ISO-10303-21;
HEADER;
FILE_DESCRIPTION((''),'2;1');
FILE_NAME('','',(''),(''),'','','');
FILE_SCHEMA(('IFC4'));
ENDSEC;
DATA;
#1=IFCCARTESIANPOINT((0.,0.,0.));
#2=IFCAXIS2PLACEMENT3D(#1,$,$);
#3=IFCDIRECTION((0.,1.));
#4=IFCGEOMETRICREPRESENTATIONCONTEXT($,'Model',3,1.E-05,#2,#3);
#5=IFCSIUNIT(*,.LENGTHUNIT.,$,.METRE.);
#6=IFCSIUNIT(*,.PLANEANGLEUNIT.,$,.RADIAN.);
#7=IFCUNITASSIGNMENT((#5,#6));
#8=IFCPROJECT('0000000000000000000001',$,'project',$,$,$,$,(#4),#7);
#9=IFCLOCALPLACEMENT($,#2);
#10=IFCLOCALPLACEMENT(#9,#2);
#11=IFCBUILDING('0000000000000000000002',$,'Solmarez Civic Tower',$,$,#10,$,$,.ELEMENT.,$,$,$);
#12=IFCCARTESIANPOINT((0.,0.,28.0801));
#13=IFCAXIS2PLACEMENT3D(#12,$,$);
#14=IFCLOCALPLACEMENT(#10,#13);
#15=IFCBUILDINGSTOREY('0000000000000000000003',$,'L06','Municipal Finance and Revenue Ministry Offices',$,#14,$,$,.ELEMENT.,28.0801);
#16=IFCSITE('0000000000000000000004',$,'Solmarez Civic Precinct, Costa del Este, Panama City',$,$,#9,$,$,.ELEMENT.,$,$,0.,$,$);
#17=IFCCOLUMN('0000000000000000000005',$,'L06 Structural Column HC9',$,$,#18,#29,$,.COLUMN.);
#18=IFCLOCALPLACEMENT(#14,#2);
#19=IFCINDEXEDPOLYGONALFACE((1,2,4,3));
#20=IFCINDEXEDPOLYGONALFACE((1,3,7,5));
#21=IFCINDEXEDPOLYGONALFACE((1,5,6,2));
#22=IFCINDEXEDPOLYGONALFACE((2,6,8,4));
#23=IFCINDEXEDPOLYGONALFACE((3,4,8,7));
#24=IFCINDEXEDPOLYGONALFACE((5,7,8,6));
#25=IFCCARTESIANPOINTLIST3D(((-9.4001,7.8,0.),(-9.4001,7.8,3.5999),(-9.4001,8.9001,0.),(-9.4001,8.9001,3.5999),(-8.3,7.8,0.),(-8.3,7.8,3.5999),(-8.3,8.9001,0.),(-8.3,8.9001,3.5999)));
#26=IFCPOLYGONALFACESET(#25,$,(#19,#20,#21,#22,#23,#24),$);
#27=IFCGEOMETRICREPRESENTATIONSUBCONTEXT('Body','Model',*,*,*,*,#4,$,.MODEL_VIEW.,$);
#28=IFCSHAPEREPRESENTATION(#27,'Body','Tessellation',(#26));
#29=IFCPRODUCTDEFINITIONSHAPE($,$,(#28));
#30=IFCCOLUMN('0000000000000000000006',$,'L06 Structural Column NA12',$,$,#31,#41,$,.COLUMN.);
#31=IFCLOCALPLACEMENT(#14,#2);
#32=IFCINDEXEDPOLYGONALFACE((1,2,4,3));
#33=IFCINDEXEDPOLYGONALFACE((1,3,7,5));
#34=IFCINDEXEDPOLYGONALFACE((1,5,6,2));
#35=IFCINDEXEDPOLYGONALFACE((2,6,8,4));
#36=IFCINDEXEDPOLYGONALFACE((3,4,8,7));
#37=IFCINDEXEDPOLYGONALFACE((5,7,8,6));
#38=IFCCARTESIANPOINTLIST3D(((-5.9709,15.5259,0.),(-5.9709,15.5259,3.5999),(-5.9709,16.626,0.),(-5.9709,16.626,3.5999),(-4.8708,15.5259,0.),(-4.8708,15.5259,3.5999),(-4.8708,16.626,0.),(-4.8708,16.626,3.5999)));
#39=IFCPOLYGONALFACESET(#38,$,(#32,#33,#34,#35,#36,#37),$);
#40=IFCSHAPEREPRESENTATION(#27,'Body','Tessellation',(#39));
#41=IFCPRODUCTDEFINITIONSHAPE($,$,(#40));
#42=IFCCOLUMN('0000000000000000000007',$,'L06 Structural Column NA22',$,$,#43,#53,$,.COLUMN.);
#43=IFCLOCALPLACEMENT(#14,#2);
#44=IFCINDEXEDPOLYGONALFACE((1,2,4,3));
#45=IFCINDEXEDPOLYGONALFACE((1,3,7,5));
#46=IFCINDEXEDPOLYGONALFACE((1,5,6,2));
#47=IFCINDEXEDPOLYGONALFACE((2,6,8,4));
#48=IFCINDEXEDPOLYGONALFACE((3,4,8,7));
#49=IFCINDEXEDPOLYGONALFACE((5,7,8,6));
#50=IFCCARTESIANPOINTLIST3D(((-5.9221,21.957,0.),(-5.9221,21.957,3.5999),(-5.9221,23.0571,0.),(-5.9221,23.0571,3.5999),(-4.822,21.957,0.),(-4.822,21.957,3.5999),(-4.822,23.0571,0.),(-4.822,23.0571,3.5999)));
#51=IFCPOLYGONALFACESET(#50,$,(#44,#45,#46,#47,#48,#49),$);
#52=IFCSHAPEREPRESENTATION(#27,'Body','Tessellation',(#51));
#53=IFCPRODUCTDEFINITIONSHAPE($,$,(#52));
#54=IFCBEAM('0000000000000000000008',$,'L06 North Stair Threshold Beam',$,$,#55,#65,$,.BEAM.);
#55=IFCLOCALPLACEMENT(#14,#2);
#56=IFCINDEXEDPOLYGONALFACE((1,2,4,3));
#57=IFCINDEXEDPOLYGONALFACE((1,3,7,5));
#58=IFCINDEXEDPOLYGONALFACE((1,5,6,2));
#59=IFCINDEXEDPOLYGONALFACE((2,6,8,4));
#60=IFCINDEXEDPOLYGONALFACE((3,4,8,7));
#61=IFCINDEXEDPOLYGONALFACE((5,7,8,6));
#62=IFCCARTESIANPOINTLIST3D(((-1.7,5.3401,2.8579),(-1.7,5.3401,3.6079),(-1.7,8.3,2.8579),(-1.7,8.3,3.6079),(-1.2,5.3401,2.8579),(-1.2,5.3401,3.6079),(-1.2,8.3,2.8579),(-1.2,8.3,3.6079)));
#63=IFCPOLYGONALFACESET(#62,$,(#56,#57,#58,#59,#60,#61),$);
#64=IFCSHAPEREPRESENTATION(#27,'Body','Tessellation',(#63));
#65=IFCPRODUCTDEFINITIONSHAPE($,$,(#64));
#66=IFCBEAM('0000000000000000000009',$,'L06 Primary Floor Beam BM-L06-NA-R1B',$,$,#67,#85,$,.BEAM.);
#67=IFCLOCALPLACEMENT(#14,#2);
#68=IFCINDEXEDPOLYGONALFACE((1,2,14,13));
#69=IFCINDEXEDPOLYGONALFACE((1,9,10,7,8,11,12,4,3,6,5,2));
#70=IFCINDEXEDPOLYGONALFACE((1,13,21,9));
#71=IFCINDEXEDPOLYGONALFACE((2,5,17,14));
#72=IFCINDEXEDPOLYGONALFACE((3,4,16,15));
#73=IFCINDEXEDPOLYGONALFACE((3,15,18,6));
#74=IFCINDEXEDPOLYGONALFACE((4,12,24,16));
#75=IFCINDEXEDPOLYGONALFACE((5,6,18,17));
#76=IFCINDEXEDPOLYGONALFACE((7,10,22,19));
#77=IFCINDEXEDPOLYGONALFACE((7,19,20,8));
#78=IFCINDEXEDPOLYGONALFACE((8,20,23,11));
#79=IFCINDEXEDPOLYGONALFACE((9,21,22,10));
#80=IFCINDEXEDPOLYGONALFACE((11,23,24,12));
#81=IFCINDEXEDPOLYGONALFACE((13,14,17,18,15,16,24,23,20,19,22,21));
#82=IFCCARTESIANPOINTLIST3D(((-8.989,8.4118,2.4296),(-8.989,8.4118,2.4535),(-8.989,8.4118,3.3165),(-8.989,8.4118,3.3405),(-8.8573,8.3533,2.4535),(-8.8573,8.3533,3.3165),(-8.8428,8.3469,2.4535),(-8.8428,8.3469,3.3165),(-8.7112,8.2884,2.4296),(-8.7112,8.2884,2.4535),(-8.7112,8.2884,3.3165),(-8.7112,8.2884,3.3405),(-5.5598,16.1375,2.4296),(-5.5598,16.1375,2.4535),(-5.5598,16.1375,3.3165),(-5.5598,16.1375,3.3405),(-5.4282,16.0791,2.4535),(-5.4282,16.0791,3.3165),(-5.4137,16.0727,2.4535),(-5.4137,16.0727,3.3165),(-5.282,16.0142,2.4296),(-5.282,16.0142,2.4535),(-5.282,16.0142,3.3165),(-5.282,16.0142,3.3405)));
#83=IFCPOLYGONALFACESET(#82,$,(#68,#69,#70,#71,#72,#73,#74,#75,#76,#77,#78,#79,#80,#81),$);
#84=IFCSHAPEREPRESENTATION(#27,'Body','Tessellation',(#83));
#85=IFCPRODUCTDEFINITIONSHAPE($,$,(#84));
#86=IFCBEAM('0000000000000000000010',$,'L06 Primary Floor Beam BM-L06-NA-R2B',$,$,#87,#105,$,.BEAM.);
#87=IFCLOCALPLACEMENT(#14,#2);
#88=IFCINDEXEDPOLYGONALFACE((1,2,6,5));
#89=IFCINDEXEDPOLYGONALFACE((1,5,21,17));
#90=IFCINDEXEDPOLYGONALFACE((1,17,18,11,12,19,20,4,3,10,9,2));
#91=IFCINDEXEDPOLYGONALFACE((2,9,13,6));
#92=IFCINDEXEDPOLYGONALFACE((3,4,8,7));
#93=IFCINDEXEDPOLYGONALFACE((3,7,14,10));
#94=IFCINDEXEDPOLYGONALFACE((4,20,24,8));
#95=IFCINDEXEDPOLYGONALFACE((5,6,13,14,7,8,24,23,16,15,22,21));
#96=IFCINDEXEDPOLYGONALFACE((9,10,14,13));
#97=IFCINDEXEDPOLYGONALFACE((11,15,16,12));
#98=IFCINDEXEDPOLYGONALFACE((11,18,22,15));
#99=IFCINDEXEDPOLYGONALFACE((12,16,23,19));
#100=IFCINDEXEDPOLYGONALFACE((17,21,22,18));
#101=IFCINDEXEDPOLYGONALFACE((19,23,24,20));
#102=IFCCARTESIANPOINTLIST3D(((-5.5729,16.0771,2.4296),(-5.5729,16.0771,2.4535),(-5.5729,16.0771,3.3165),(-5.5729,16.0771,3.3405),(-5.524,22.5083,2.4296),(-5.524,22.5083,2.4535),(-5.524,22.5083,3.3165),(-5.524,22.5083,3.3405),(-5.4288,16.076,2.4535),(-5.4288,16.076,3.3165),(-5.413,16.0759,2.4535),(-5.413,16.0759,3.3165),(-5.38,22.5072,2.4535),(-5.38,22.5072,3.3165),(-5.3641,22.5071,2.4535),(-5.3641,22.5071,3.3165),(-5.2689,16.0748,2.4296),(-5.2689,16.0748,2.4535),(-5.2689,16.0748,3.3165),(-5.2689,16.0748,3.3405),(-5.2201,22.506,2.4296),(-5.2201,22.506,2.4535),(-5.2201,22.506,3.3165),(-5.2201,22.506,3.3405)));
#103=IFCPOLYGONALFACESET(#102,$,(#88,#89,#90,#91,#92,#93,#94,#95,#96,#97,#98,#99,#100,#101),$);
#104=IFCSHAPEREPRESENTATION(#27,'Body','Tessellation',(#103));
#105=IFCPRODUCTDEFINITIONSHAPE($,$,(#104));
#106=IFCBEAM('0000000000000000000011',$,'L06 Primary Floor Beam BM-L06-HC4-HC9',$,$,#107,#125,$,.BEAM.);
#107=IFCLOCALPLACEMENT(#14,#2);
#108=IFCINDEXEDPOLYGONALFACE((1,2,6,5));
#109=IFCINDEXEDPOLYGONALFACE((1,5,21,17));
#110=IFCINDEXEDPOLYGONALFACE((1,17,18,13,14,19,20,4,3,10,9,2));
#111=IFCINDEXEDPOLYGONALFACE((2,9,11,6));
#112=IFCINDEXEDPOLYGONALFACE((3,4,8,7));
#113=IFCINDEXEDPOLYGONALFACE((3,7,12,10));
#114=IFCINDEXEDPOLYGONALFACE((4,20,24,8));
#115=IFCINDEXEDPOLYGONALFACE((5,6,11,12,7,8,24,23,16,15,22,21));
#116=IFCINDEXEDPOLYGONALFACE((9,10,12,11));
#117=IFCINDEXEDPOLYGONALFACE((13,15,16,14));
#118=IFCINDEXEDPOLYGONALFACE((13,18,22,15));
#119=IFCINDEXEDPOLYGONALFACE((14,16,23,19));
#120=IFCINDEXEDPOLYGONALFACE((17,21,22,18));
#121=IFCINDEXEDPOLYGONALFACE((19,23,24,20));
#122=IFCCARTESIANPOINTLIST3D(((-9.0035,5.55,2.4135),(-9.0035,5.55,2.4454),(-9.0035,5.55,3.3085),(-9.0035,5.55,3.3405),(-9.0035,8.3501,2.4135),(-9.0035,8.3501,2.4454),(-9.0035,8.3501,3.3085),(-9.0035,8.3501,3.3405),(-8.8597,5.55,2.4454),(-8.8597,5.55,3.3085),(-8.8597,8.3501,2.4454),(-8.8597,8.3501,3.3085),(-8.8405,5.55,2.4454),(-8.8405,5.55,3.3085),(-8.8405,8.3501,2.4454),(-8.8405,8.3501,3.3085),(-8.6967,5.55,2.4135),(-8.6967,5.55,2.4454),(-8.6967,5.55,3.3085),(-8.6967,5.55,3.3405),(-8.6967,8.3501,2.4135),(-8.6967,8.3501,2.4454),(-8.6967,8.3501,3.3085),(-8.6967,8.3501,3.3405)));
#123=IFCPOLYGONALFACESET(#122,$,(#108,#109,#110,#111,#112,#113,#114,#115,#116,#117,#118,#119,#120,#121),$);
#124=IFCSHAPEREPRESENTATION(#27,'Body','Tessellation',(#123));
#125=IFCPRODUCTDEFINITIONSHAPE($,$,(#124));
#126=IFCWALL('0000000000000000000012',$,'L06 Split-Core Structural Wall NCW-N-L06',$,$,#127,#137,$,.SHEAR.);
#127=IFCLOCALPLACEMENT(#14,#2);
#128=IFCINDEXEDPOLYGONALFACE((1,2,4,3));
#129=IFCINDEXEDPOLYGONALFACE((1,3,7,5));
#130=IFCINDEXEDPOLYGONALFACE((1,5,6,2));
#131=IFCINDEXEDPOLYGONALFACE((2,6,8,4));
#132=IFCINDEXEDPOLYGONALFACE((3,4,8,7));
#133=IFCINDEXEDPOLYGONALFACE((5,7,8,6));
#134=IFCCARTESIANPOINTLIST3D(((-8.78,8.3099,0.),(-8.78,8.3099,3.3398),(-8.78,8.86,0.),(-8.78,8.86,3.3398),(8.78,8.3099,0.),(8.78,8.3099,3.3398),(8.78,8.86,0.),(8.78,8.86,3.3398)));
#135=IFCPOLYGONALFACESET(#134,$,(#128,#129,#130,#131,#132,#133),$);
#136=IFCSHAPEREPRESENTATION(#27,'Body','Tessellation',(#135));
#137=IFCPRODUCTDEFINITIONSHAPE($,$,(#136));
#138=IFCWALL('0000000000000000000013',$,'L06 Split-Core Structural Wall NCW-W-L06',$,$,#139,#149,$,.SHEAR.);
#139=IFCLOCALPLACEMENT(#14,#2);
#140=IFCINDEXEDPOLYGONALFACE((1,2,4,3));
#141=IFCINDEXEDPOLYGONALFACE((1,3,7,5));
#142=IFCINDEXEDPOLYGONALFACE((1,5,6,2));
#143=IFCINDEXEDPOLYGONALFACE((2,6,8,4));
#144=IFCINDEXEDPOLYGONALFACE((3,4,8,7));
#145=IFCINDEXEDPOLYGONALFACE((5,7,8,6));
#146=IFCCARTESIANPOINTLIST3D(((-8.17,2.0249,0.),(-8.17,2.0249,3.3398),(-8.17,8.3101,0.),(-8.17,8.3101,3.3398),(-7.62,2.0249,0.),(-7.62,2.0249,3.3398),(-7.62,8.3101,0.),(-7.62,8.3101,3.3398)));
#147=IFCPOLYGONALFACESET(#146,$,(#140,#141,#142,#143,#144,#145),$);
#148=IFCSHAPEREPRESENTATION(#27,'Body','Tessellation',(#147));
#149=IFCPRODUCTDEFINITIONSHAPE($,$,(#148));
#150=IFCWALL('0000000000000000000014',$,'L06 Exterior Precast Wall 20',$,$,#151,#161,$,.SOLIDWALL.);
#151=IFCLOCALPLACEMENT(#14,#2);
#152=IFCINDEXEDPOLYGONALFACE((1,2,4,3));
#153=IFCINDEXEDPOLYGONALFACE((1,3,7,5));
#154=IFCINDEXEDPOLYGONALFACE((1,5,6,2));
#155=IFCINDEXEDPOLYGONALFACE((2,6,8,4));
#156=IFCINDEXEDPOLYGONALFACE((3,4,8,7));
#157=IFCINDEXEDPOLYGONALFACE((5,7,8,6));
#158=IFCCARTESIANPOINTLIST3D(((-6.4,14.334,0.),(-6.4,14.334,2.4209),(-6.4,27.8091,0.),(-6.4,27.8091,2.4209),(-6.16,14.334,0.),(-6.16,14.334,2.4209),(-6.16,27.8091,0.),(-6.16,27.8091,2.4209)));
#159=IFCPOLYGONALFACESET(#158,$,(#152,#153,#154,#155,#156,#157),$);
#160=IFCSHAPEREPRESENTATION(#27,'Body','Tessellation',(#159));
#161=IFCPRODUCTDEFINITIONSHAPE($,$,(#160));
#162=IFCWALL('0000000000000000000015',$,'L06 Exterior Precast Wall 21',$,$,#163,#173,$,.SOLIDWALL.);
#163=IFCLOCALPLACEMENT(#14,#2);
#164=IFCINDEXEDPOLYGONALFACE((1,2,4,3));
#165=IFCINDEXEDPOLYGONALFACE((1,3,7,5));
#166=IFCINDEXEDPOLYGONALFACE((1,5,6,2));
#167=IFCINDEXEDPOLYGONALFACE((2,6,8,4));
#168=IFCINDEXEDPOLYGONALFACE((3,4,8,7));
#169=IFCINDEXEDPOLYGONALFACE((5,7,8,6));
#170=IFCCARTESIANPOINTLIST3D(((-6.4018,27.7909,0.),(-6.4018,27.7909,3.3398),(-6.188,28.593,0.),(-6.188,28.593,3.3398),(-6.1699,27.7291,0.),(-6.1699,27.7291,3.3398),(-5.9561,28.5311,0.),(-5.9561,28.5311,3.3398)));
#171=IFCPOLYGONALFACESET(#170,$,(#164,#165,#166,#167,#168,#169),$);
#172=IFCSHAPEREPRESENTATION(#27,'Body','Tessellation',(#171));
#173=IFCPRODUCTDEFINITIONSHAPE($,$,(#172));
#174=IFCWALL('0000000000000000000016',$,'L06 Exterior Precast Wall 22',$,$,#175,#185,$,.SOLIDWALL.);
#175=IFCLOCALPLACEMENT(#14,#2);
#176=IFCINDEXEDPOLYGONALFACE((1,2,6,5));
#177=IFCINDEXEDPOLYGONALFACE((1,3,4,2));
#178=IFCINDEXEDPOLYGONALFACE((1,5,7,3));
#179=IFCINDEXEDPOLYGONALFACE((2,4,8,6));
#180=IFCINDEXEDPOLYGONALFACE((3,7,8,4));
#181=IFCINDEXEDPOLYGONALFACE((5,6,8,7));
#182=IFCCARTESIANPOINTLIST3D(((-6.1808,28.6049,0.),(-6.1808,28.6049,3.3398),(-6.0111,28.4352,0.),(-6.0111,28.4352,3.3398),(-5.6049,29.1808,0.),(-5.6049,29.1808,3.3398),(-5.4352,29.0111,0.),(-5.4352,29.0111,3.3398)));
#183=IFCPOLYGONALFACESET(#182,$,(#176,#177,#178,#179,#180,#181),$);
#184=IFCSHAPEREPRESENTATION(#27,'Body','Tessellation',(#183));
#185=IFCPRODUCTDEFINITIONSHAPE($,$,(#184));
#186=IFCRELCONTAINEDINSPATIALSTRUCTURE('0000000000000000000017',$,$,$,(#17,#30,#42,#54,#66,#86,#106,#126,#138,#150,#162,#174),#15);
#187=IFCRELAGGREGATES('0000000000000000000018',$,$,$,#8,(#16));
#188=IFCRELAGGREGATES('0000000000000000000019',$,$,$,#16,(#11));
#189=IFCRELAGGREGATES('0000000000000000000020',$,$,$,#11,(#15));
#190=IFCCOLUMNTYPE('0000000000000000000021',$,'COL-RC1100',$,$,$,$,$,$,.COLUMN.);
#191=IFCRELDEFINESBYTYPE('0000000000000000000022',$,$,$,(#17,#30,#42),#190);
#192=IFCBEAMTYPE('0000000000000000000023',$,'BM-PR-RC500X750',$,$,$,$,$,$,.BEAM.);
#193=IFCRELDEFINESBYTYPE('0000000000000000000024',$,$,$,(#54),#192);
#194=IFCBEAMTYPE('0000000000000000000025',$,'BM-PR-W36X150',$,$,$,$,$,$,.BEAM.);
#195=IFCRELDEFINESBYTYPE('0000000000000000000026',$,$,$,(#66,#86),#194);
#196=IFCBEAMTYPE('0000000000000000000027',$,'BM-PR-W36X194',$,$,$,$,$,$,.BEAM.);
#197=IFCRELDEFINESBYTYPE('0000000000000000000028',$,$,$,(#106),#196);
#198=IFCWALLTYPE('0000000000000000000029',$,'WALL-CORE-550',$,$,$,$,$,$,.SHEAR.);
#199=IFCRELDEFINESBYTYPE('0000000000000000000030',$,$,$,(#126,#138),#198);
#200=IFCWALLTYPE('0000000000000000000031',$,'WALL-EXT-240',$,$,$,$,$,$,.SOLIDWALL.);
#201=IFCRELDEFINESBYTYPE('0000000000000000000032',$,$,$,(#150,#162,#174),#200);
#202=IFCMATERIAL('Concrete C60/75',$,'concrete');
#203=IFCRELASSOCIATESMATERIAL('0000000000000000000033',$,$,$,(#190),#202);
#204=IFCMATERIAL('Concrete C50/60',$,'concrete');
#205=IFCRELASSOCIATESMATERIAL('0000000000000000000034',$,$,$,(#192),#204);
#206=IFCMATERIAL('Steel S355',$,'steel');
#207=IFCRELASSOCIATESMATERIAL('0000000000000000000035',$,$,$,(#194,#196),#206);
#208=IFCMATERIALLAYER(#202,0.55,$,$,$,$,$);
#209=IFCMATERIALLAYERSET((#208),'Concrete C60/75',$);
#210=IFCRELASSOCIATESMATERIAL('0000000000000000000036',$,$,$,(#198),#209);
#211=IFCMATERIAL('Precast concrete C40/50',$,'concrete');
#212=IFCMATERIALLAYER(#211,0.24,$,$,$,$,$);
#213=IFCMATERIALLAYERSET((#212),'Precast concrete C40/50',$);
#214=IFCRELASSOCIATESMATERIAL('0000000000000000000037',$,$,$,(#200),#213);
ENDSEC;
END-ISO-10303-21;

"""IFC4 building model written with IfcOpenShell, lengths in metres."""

from ifc_helpers import new_model, si_unit, direction, frame, frame_2d, origin, origin_2d, place, context, subcontext, project, spatial, rectangle, i_section, extrude, material, layer, layer_set, material_profile, profile_set, type_object, element, save


model = new_model("IFC4")

# Units and contexts
model_context = context("Model", 3, precision=1e-05, world=origin(), true_north=direction((0.0, 1.0)))
body_context = subcontext(model_context, "Body", "Model", "MODEL_VIEW")
ifc_project = project(units=[si_unit("LENGTHUNIT", "METRE"), si_unit("PLANEANGLEUNIT", "RADIAN")], contexts=[model_context])

# Site, building, storey
site_placement = place(None, origin())
site = spatial("IfcSite", under=ifc_project, at=site_placement, Name="Solmarez Civic Precinct, Costa del Este, Panama City", CompositionType="ELEMENT", RefElevation=0.0)
building_placement = place(site_placement, origin())
building = spatial("IfcBuilding", under=site, at=building_placement, Name="Solmarez Civic Tower", CompositionType="ELEMENT")
storey_placement = place(building_placement, frame((0.0, 0.0, 28.0801)))
storey = spatial("IfcBuildingStorey", under=building, at=storey_placement, Name="L06", Description="Municipal Finance and Revenue Ministry Offices", CompositionType="ELEMENT", Elevation=28.0801)

# Columns
ifc_material_1 = material(Name="Concrete C60/75", Category="concrete")
ifc_material_profile_1 = material_profile(ifc_material_1, rectangle(XDim=1.1001, YDim=1.1001, at=origin_2d()), Name="RC1100X1100")
ifc_profile_set_1 = profile_set([ifc_material_profile_1], Name="Concrete C60/75")
column_type = type_object("IfcColumnType", Name="COL-RC1100", PredefinedType="COLUMN", material=ifc_profile_set_1)
for number, where, z_axis, x_axis, name in (
    (1, (-8.8501, 8.3501, 0.0), (0.0, 0.0, 1.0), (1.0, 0.0, 0.0), "L06 Structural Column HC9"),
    (2, (-5.4209, 16.0759, 0.0), (0.0, 0.0, 1.0), (1.0, 0.0, 0.0), "L06 Structural Column NA12"),
    (3, (-5.3721, 22.5071, 0.0), (0.0, 0.0, 1.0), (1.0, 0.0, 0.0), "L06 Structural Column NA22"),
):
    element("IfcColumn", number, at=place(storey_placement, frame(where, z_axis=z_axis, x_axis=x_axis)), inside=storey, type_object=column_type, Name=name, PredefinedType="COLUMN", context=body_context, shape_type="SweptSolid", body=[
        extrude(rectangle(XDim=1.1001, YDim=1.1001, at=origin_2d()), origin(), (0.0, 0.0, 1.0), 3.5999),
    ])

# Beams
ifc_material_2 = material(Name="Concrete C50/60", Category="concrete")
ifc_material_profile_2 = material_profile(ifc_material_2, rectangle(XDim=0.5, YDim=0.75, at=origin_2d()), Name="RC500X750")
ifc_profile_set_2 = profile_set([ifc_material_profile_2], Name="Concrete C50/60")
beam_type_1 = type_object("IfcBeamType", Name="BM-PR-RC500X750", PredefinedType="BEAM", material=ifc_profile_set_2)
beam_1_placement = place(storey_placement, frame((-1.45, 5.3401, 3.2329), z_axis=(0.0, 1.0, 0.0), x_axis=(-1.0, 0.0, 0.0)))
element("IfcBeam", 4, at=beam_1_placement, inside=storey, type_object=beam_type_1, Name="L06 North Stair Threshold Beam", PredefinedType="BEAM", context=body_context, shape_type="SweptSolid", body=[
    extrude(rectangle(XDim=0.5, YDim=0.75, at=origin_2d()), origin(), (0.0, 0.0, 1.0), 2.96),
])
ifc_material_3 = material(Name="Steel S355", Category="steel")
ifc_material_profile_3 = material_profile(ifc_material_3, i_section(OverallWidth=0.304, OverallDepth=0.9109, WebThickness=0.0159, FlangeThickness=0.0239, at=origin_2d()), Name="W36X150")
ifc_profile_set_3 = profile_set([ifc_material_profile_3], Name="Steel S355")
beam_type_2 = type_object("IfcBeamType", Name="BM-PR-W36X150", PredefinedType="BEAM", material=ifc_profile_set_3)
beam_2_placement = place(storey_placement, frame((-8.8501, 8.3501, 2.885), z_axis=(0.405694, 0.914009, 0.0), x_axis=(-0.914009, 0.405694, 0.0)))
element("IfcBeam", 5, at=beam_2_placement, inside=storey, type_object=beam_type_2, Name="L06 Primary Floor Beam BM-L06-NA-R1B", PredefinedType="BEAM", context=body_context, shape_type="SweptSolid", body=[
    extrude(i_section(OverallWidth=0.304, OverallDepth=0.9109, WebThickness=0.0159, FlangeThickness=0.0239, at=origin_2d()), origin(), (0.0, 0.0, 1.0), 8.4526),
])
beam_3_placement = place(storey_placement, frame((-5.4209, 16.0759, 2.885), z_axis=(0.007592, 0.999971, 0.0), x_axis=(-0.999971, 0.007592, 0.0)))
element("IfcBeam", 6, at=beam_3_placement, inside=storey, type_object=beam_type_2, Name="L06 Primary Floor Beam BM-L06-NA-R2B", PredefinedType="BEAM", context=body_context, shape_type="SweptSolid", body=[
    extrude(i_section(OverallWidth=0.304, OverallDepth=0.9109, WebThickness=0.0159, FlangeThickness=0.0239, at=origin_2d()), origin(), (0.0, 0.0, 1.0), 6.4314),
])
ifc_material_profile_4 = material_profile(ifc_material_3, i_section(OverallWidth=0.3069, OverallDepth=0.927, WebThickness=0.0193, FlangeThickness=0.032, at=origin_2d()), Name="W36X194")
ifc_profile_set_4 = profile_set([ifc_material_profile_4], Name="Steel S355")
beam_type_3 = type_object("IfcBeamType", Name="BM-PR-W36X194", PredefinedType="BEAM", material=ifc_profile_set_4)
beam_4_placement = place(storey_placement, frame((-8.8501, 5.55, 2.877), z_axis=(0.0, 1.0, 0.0), x_axis=(-1.0, 0.0, 0.0)))
element("IfcBeam", 7, at=beam_4_placement, inside=storey, type_object=beam_type_3, Name="L06 Primary Floor Beam BM-L06-HC4-HC9", PredefinedType="BEAM", context=body_context, shape_type="SweptSolid", body=[
    extrude(i_section(OverallWidth=0.3069, OverallDepth=0.927, WebThickness=0.0193, FlangeThickness=0.032, at=origin_2d()), origin(), (0.0, 0.0, 1.0), 2.8),
])

# Walls
ifc_layer_1 = layer(ifc_material_1, 0.55)
ifc_layer_set_1 = layer_set([ifc_layer_1], Name="Concrete C60/75")
wall_type_1 = type_object("IfcWallType", Name="WALL-CORE-550", PredefinedType="SHEAR", material=ifc_layer_set_1)
wall_1_placement = place(storey_placement, frame((-8.78, 8.585, 0.0), z_axis=(0.0, 0.0, 1.0), x_axis=(1.0, 0.0, 0.0)))
element("IfcWall", 8, at=wall_1_placement, inside=storey, type_object=wall_type_1, Name="L06 Split-Core Structural Wall NCW-N-L06", PredefinedType="SHEAR", context=body_context, shape_type="SweptSolid", body=[
    extrude(rectangle(XDim=17.5601, YDim=0.55, at=frame_2d((8.78, 0.0))), origin(), (0.0, 0.0, 1.0), 3.3398),
])
wall_2_placement = place(storey_placement, frame((-7.895, 2.0249, 0.0), z_axis=(0.0, 0.0, 1.0), x_axis=(0.0, 1.0, 0.0)))
element("IfcWall", 9, at=wall_2_placement, inside=storey, type_object=wall_type_1, Name="L06 Split-Core Structural Wall NCW-W-L06", PredefinedType="SHEAR", context=body_context, shape_type="SweptSolid", body=[
    extrude(rectangle(XDim=6.2852, YDim=0.55, at=frame_2d((3.1426, 0.0))), origin(), (0.0, 0.0, 1.0), 3.3398),
])
ifc_material_4 = material(Name="Precast concrete C40/50", Category="concrete")
ifc_layer_2 = layer(ifc_material_4, 0.24)
ifc_layer_set_2 = layer_set([ifc_layer_2], Name="Precast concrete C40/50")
wall_type_2 = type_object("IfcWallType", Name="WALL-EXT-240", PredefinedType="SOLIDWALL", material=ifc_layer_set_2)
wall_3_placement = place(storey_placement, frame((-6.28, 14.334, 0.0), z_axis=(0.0, 0.0, 1.0), x_axis=(0.0, 1.0, 0.0)))
element("IfcWall", 10, at=wall_3_placement, inside=storey, type_object=wall_type_2, Name="L06 Exterior Precast Wall 20", PredefinedType="SOLIDWALL", context=body_context, shape_type="SweptSolid", body=[
    extrude(rectangle(XDim=13.4751, YDim=0.24, at=frame_2d((6.7375, 0.0))), origin(), (0.0, 0.0, 1.0), 2.4209),
])
wall_4_placement = place(storey_placement, frame((-6.2859, 27.76, 0.0), z_axis=(0.0, 0.0, 1.0), x_axis=(0.257663, 0.966235, 0.0)))
element("IfcWall", 11, at=wall_4_placement, inside=storey, type_object=wall_type_2, Name="L06 Exterior Precast Wall 21", PredefinedType="SOLIDWALL", context=body_context, shape_type="SweptSolid", body=[
    extrude(rectangle(XDim=0.8301, YDim=0.24, at=frame_2d((0.415, 0.0))), origin(), (0.0, 0.0, 1.0), 3.3398),
])
wall_5_placement = place(storey_placement, frame((-6.0959, 28.52, 0.0), z_axis=(0.0, 0.0, 1.0), x_axis=(0.707107, 0.707107, 0.0)))
element("IfcWall", 12, at=wall_5_placement, inside=storey, type_object=wall_type_2, Name="L06 Exterior Precast Wall 22", PredefinedType="SOLIDWALL", context=body_context, shape_type="SweptSolid", body=[
    extrude(rectangle(XDim=0.8145, YDim=0.24, at=frame_2d((0.4072, 0.0))), origin(), (0.0, 0.0, 1.0), 3.3398),
])

save(model, "model.ifc")
